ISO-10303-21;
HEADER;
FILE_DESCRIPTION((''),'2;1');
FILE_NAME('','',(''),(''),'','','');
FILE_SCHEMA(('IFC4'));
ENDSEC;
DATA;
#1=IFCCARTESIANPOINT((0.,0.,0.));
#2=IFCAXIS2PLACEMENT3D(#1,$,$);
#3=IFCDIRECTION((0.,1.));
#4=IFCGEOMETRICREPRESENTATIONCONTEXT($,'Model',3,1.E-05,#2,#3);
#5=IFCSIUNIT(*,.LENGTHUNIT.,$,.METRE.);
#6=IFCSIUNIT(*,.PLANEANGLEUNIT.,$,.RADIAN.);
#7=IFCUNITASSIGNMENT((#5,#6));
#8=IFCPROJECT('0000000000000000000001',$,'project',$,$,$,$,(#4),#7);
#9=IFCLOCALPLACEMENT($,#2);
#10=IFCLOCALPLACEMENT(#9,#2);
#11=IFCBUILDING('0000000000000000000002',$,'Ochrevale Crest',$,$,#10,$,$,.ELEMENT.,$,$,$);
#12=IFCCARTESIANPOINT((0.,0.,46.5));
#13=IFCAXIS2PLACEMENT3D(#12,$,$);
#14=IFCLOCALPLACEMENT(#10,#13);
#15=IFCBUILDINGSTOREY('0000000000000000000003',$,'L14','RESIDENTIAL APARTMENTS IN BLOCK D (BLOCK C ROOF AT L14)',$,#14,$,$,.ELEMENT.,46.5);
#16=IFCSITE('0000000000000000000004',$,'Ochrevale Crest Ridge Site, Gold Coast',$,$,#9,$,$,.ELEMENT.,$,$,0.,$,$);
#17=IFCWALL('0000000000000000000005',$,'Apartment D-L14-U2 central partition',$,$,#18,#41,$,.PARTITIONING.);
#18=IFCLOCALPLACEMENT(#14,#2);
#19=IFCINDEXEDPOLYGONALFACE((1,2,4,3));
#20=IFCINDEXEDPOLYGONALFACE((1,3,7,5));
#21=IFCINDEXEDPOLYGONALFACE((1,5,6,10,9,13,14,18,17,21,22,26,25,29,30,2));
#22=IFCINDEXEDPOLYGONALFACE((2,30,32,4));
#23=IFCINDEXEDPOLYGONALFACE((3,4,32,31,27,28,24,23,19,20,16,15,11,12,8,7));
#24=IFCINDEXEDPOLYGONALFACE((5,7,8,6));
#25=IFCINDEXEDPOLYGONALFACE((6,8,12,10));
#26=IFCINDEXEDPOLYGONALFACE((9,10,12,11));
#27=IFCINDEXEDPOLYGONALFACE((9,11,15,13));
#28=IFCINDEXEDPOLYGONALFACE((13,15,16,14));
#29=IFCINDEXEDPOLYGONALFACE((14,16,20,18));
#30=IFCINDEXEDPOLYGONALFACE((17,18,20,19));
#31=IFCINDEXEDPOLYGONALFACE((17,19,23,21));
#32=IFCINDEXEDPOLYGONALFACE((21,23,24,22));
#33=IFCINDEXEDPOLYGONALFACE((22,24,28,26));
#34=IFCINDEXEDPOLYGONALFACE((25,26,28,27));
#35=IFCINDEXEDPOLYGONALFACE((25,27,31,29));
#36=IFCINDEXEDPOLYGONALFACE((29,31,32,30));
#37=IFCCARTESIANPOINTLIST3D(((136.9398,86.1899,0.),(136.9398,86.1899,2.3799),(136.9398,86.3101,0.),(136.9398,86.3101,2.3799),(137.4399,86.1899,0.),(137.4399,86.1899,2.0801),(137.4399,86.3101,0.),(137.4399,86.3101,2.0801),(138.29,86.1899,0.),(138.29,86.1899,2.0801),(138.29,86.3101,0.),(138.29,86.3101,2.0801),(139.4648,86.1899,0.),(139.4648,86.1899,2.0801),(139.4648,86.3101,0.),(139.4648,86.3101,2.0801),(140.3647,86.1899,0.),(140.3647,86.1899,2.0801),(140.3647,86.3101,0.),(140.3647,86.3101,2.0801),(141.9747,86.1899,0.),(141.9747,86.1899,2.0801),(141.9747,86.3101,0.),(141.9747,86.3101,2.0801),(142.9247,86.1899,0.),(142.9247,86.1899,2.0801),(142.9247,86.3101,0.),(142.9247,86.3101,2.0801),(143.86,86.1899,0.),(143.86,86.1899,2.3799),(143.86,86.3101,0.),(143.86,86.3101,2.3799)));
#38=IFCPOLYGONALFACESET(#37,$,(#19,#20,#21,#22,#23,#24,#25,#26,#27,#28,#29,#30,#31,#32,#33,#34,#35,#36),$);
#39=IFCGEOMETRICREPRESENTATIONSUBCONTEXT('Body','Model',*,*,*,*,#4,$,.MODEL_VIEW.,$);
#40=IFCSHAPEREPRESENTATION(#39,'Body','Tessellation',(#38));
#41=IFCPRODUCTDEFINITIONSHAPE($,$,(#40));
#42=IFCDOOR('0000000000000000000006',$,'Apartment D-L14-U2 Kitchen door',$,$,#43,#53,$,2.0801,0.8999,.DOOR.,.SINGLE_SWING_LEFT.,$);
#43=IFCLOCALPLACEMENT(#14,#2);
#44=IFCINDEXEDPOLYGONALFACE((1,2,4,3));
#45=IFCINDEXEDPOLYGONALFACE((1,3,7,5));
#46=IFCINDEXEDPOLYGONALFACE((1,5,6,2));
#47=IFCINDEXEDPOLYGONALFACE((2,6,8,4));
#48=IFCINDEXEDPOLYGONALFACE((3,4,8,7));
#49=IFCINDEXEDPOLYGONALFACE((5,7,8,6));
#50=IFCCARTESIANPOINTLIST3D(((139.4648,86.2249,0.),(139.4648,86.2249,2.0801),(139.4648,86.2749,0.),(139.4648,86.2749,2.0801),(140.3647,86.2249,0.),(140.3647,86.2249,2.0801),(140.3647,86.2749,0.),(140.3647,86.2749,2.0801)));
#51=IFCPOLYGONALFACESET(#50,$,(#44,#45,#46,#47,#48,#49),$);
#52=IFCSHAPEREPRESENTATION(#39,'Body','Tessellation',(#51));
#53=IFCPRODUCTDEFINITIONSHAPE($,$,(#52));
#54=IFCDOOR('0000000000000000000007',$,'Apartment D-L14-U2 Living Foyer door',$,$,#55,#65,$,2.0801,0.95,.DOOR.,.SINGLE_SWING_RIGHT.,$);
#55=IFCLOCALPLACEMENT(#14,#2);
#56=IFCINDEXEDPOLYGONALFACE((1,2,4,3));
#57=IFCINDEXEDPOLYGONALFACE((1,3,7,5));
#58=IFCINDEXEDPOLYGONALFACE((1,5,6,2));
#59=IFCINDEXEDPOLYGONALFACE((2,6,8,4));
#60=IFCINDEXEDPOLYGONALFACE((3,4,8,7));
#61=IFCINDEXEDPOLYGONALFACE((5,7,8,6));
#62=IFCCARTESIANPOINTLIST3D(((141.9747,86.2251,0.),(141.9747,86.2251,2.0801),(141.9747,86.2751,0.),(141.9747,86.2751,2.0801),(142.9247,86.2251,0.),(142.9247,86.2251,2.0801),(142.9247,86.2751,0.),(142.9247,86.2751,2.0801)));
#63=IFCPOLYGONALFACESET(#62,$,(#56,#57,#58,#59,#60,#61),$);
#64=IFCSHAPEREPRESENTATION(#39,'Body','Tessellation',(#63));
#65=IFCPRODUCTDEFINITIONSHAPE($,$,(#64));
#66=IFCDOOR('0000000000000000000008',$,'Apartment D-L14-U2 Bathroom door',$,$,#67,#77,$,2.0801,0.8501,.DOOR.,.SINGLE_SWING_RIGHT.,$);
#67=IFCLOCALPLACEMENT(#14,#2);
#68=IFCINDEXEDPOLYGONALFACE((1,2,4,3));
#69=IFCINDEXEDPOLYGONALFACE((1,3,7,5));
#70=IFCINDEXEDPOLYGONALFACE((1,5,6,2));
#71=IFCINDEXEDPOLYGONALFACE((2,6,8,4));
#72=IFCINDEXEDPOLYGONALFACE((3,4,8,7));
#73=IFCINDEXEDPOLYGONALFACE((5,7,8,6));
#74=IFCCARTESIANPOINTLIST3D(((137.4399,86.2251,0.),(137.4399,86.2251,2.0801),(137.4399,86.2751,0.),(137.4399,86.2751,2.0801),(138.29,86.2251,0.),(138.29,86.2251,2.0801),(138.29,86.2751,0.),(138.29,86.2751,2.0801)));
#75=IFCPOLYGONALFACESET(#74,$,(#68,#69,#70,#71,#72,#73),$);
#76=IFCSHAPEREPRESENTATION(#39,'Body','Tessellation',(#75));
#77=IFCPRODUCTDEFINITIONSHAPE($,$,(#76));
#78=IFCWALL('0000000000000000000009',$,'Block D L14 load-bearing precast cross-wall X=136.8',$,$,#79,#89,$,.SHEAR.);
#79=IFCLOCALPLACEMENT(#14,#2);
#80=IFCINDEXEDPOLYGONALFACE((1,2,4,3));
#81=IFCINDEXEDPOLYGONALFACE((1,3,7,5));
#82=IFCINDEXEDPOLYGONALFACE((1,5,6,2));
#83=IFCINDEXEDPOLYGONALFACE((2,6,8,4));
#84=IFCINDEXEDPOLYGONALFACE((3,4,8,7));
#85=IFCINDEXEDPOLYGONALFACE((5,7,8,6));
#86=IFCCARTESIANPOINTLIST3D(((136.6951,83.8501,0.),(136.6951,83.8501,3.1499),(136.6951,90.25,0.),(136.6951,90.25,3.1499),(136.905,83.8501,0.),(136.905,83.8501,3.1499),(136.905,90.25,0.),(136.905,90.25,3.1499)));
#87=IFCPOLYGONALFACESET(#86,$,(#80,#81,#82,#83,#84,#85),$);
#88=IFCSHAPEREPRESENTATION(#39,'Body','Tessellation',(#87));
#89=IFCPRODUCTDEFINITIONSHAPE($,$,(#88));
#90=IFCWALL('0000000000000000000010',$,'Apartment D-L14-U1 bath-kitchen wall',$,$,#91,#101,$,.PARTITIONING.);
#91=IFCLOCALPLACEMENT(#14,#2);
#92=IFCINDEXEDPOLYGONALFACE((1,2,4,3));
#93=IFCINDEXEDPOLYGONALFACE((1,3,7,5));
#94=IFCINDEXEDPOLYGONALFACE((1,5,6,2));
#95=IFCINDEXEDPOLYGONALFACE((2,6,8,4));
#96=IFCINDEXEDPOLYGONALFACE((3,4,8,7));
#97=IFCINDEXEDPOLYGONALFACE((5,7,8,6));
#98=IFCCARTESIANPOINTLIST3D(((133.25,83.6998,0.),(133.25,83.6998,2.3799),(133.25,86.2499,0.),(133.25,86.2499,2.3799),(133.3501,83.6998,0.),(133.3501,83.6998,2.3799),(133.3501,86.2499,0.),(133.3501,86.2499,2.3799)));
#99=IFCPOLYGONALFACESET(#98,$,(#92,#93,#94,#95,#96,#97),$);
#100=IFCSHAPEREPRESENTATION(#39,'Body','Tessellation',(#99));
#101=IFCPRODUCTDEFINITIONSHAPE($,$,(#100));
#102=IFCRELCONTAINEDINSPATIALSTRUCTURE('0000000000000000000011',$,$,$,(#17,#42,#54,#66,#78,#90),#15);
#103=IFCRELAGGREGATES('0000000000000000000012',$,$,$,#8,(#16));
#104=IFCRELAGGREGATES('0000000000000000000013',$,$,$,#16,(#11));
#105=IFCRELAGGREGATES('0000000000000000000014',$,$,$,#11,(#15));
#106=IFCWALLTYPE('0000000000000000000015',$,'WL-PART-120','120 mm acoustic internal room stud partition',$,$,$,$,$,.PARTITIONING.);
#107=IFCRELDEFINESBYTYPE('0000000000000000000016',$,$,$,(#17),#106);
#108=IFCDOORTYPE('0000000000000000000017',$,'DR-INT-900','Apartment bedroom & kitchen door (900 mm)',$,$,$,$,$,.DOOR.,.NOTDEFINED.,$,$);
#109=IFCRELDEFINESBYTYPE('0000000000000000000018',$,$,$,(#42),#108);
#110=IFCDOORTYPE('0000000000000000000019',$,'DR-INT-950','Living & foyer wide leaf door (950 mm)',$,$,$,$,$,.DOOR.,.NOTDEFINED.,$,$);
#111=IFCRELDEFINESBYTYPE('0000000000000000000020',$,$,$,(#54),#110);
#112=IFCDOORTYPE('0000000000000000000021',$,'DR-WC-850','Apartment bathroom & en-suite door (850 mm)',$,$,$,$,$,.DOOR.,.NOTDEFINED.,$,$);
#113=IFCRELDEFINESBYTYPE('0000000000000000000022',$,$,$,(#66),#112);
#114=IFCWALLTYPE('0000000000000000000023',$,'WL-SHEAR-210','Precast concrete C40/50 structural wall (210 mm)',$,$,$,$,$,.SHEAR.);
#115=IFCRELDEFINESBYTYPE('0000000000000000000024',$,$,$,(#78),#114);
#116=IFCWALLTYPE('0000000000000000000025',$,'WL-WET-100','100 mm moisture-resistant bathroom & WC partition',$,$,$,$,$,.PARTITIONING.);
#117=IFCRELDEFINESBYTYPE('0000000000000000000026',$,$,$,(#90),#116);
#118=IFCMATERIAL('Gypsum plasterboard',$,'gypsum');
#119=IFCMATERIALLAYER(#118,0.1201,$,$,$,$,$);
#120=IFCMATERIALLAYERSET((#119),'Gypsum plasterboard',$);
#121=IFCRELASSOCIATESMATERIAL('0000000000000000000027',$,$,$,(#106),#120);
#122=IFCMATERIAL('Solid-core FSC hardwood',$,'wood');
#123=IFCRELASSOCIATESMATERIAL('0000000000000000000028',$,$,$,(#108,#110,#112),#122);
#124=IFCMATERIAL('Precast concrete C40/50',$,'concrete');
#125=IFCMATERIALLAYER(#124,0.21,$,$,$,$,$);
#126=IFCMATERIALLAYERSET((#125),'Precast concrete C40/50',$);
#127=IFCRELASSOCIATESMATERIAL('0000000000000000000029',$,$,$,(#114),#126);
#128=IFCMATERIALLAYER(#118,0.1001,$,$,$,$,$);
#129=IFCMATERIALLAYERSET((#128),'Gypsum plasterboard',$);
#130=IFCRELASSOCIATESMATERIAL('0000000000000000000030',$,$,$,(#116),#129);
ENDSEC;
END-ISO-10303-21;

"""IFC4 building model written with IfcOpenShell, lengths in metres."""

from ifc_helpers import new_model, si_unit, direction, frame, frame_2d, origin, place, context, subcontext, project, spatial, rectangle, extrude, material, layer, layer_set, type_object, element, fill, save


model = new_model("IFC4")

# Units and contexts
model_context = context("Model", 3, precision=1e-05, world=origin(), true_north=direction((0.0, 1.0)))
body_context = subcontext(model_context, "Body", "Model", "MODEL_VIEW")
ifc_project = project(units=[si_unit("LENGTHUNIT", "METRE"), si_unit("PLANEANGLEUNIT", "RADIAN")], contexts=[model_context])

# Site, building, storey
site_placement = place(None, origin())
site = spatial("IfcSite", under=ifc_project, at=site_placement, Name="Ochrevale Crest Ridge Site, Gold Coast", CompositionType="ELEMENT", RefElevation=0.0)
building_placement = place(site_placement, origin())
building = spatial("IfcBuilding", under=site, at=building_placement, Name="Ochrevale Crest", CompositionType="ELEMENT")
storey_placement = place(building_placement, frame((0.0, 0.0, 46.5)))
storey = spatial("IfcBuildingStorey", under=building, at=storey_placement, Name="L14", Description="RESIDENTIAL APARTMENTS IN BLOCK D (BLOCK C ROOF AT L14)", CompositionType="ELEMENT", Elevation=46.5)

# Shared definitions
ifc_material_1 = material(Name="Precast concrete C40/50", Category="concrete")

# Shared definitions
ifc_material_2 = material(Name="Gypsum plasterboard", Category="gypsum")
ifc_material_3 = material(Name="Solid-core FSC hardwood", Category="wood")

# Shared definitions
ifc_layer_1 = layer(ifc_material_2, 0.1201)
ifc_layer_set_1 = layer_set([ifc_layer_1], Name="Gypsum plasterboard")
wall_type_1 = type_object("IfcWallType", Name="WL-PART-120", Description="120 mm acoustic internal room stud partition", PredefinedType="PARTITIONING", material=ifc_layer_set_1)

# Shared definitions
door_type_1 = type_object("IfcDoorType", Name="DR-INT-900", Description="Apartment bedroom & kitchen door (900 mm)", OperationType="NOTDEFINED", PredefinedType="DOOR", material=ifc_material_3)

# Wall, openings, doors
wall_1_placement = place(storey_placement, frame((136.9399, 86.25, 0.0), z_axis=(0.0, 0.0, 1.0), x_axis=(1.0, 0.0, 0.0)))
wall_1 = element("IfcWall", 1, at=wall_1_placement, inside=storey, type_object=wall_type_1, Name="Apartment D-L14-U2 central partition", PredefinedType="PARTITIONING", context=body_context, shape_type="SweptSolid", body=[
    extrude(rectangle(XDim=6.9202, YDim=0.1201, at=frame_2d((3.46, 0.0))), origin(), (0.0, 0.0, 1.0), 2.3799),
])
opening_1_placement = place(wall_1_placement, frame((1.3501, 0.0, 0.0), z_axis=(0.0, 0.0, 1.0), x_axis=(-1.0, 0.0, 0.0)))
opening_1 = element("IfcOpeningElement", 2, at=opening_1_placement, cuts=wall_1, PredefinedType="OPENING", context=body_context, shape_type="SweptSolid", body=[
    extrude(rectangle(XDim=0.8501, YDim=2.0801, at=frame_2d((0.425, 1.04))), frame((0.0, 0.0701, 0.0), z_axis=(0.0, -1.0, 0.0), x_axis=(1.0, 0.0, 0.0)), (0.0, 0.0, 1.0), 0.1401),
])
opening_2_placement = place(wall_1_placement, frame((2.5249, 0.0, 0.0)))
opening_2 = element("IfcOpeningElement", 3, at=opening_2_placement, cuts=wall_1, PredefinedType="OPENING", context=body_context, shape_type="SweptSolid", body=[
    extrude(rectangle(XDim=0.8999, YDim=2.0801, at=frame_2d((0.45, 1.04))), frame((0.0, 0.0701, 0.0), z_axis=(0.0, -1.0, 0.0), x_axis=(1.0, 0.0, 0.0)), (0.0, 0.0, 1.0), 0.1401),
])
opening_3_placement = place(wall_1_placement, frame((5.9849, 0.0, 0.0), z_axis=(0.0, 0.0, 1.0), x_axis=(-1.0, 0.0, 0.0)))
opening_3 = element("IfcOpeningElement", 4, at=opening_3_placement, cuts=wall_1, PredefinedType="OPENING", context=body_context, shape_type="SweptSolid", body=[
    extrude(rectangle(XDim=0.95, YDim=2.0801, at=frame_2d((0.4751, 1.04))), frame((0.0, 0.0701, 0.0), z_axis=(0.0, -1.0, 0.0), x_axis=(1.0, 0.0, 0.0)), (0.0, 0.0, 1.0), 0.1401),
])
door_1_placement = place(opening_2_placement, origin())
door_1 = element("IfcDoor", 5, at=door_1_placement, inside=storey, type_object=door_type_1, Name="Apartment D-L14-U2 Kitchen door", OperationType="SINGLE_SWING_LEFT", OverallHeight=2.0801, OverallWidth=0.8999, PredefinedType="DOOR", context=body_context, shape_type="SweptSolid", body=[
    extrude(rectangle(XDim=0.8999, YDim=2.0801, at=frame_2d((0.45, 1.04))), frame((0.0, 0.0249, 0.0), z_axis=(0.0, -1.0, 0.0), x_axis=(1.0, 0.0, 0.0)), (0.0, 0.0, 1.0), 0.05),
])
fill(opening_2, door_1)
door_type_2 = type_object("IfcDoorType", Name="DR-INT-950", Description="Living & foyer wide leaf door (950 mm)", OperationType="NOTDEFINED", PredefinedType="DOOR", material=ifc_material_3)
door_2_placement = place(opening_3_placement, origin())
door_2 = element("IfcDoor", 6, at=door_2_placement, inside=storey, type_object=door_type_2, Name="Apartment D-L14-U2 Living Foyer door", OperationType="SINGLE_SWING_RIGHT", OverallHeight=2.0801, OverallWidth=0.95, PredefinedType="DOOR", context=body_context, shape_type="SweptSolid", body=[
    extrude(rectangle(XDim=0.95, YDim=2.0801, at=frame_2d((0.4751, 1.04))), frame((0.0, 0.0249, 0.0), z_axis=(0.0, -1.0, 0.0), x_axis=(1.0, 0.0, 0.0)), (0.0, 0.0, 1.0), 0.05),
])
fill(opening_3, door_2)
door_type_3 = type_object("IfcDoorType", Name="DR-WC-850", Description="Apartment bathroom & en-suite door (850 mm)", OperationType="NOTDEFINED", PredefinedType="DOOR", material=ifc_material_3)
door_3_placement = place(opening_1_placement, origin())
door_3 = element("IfcDoor", 7, at=door_3_placement, inside=storey, type_object=door_type_3, Name="Apartment D-L14-U2 Bathroom door", OperationType="SINGLE_SWING_RIGHT", OverallHeight=2.0801, OverallWidth=0.8501, PredefinedType="DOOR", context=body_context, shape_type="SweptSolid", body=[
    extrude(rectangle(XDim=0.8501, YDim=2.0801, at=frame_2d((0.425, 1.04))), frame((0.0, 0.0249, 0.0), z_axis=(0.0, -1.0, 0.0), x_axis=(1.0, 0.0, 0.0)), (0.0, 0.0, 1.0), 0.05),
])
fill(opening_1, door_3)

# Walls
ifc_layer_2 = layer(ifc_material_1, 0.21)
ifc_layer_set_2 = layer_set([ifc_layer_2], Name="Precast concrete C40/50")
wall_type_2 = type_object("IfcWallType", Name="WL-SHEAR-210", Description="Precast concrete C40/50 structural wall (210 mm)", PredefinedType="SHEAR", material=ifc_layer_set_2)
wall_2_placement = place(storey_placement, frame((136.8, 83.8501, 0.0), z_axis=(0.0, 0.0, 1.0), x_axis=(0.0, 1.0, 0.0)))
element("IfcWall", 8, at=wall_2_placement, inside=storey, type_object=wall_type_2, Name="Block D L14 load-bearing precast cross-wall X=136.8", PredefinedType="SHEAR", context=body_context, shape_type="SweptSolid", body=[
    extrude(rectangle(XDim=6.3999, YDim=0.21, at=frame_2d((3.2, 0.0))), origin(), (0.0, 0.0, 1.0), 3.1499),
])
ifc_layer_3 = layer(ifc_material_2, 0.1001)
ifc_layer_set_3 = layer_set([ifc_layer_3], Name="Gypsum plasterboard")
wall_type_3 = type_object("IfcWallType", Name="WL-WET-100", Description="100 mm moisture-resistant bathroom & WC partition", PredefinedType="PARTITIONING", material=ifc_layer_set_3)
wall_3_placement = place(storey_placement, frame((133.3, 83.7, 0.0), z_axis=(0.0, 0.0, 1.0), x_axis=(0.0, 1.0, 0.0)))
element("IfcWall", 9, at=wall_3_placement, inside=storey, type_object=wall_type_3, Name="Apartment D-L14-U1 bath-kitchen wall", PredefinedType="PARTITIONING", context=body_context, shape_type="SweptSolid", body=[
    extrude(rectangle(XDim=2.55, YDim=0.1001, at=frame_2d((1.2749, 0.0))), origin(), (0.0, 0.0, 1.0), 2.3799),
])

save(model, "model.ifc")
